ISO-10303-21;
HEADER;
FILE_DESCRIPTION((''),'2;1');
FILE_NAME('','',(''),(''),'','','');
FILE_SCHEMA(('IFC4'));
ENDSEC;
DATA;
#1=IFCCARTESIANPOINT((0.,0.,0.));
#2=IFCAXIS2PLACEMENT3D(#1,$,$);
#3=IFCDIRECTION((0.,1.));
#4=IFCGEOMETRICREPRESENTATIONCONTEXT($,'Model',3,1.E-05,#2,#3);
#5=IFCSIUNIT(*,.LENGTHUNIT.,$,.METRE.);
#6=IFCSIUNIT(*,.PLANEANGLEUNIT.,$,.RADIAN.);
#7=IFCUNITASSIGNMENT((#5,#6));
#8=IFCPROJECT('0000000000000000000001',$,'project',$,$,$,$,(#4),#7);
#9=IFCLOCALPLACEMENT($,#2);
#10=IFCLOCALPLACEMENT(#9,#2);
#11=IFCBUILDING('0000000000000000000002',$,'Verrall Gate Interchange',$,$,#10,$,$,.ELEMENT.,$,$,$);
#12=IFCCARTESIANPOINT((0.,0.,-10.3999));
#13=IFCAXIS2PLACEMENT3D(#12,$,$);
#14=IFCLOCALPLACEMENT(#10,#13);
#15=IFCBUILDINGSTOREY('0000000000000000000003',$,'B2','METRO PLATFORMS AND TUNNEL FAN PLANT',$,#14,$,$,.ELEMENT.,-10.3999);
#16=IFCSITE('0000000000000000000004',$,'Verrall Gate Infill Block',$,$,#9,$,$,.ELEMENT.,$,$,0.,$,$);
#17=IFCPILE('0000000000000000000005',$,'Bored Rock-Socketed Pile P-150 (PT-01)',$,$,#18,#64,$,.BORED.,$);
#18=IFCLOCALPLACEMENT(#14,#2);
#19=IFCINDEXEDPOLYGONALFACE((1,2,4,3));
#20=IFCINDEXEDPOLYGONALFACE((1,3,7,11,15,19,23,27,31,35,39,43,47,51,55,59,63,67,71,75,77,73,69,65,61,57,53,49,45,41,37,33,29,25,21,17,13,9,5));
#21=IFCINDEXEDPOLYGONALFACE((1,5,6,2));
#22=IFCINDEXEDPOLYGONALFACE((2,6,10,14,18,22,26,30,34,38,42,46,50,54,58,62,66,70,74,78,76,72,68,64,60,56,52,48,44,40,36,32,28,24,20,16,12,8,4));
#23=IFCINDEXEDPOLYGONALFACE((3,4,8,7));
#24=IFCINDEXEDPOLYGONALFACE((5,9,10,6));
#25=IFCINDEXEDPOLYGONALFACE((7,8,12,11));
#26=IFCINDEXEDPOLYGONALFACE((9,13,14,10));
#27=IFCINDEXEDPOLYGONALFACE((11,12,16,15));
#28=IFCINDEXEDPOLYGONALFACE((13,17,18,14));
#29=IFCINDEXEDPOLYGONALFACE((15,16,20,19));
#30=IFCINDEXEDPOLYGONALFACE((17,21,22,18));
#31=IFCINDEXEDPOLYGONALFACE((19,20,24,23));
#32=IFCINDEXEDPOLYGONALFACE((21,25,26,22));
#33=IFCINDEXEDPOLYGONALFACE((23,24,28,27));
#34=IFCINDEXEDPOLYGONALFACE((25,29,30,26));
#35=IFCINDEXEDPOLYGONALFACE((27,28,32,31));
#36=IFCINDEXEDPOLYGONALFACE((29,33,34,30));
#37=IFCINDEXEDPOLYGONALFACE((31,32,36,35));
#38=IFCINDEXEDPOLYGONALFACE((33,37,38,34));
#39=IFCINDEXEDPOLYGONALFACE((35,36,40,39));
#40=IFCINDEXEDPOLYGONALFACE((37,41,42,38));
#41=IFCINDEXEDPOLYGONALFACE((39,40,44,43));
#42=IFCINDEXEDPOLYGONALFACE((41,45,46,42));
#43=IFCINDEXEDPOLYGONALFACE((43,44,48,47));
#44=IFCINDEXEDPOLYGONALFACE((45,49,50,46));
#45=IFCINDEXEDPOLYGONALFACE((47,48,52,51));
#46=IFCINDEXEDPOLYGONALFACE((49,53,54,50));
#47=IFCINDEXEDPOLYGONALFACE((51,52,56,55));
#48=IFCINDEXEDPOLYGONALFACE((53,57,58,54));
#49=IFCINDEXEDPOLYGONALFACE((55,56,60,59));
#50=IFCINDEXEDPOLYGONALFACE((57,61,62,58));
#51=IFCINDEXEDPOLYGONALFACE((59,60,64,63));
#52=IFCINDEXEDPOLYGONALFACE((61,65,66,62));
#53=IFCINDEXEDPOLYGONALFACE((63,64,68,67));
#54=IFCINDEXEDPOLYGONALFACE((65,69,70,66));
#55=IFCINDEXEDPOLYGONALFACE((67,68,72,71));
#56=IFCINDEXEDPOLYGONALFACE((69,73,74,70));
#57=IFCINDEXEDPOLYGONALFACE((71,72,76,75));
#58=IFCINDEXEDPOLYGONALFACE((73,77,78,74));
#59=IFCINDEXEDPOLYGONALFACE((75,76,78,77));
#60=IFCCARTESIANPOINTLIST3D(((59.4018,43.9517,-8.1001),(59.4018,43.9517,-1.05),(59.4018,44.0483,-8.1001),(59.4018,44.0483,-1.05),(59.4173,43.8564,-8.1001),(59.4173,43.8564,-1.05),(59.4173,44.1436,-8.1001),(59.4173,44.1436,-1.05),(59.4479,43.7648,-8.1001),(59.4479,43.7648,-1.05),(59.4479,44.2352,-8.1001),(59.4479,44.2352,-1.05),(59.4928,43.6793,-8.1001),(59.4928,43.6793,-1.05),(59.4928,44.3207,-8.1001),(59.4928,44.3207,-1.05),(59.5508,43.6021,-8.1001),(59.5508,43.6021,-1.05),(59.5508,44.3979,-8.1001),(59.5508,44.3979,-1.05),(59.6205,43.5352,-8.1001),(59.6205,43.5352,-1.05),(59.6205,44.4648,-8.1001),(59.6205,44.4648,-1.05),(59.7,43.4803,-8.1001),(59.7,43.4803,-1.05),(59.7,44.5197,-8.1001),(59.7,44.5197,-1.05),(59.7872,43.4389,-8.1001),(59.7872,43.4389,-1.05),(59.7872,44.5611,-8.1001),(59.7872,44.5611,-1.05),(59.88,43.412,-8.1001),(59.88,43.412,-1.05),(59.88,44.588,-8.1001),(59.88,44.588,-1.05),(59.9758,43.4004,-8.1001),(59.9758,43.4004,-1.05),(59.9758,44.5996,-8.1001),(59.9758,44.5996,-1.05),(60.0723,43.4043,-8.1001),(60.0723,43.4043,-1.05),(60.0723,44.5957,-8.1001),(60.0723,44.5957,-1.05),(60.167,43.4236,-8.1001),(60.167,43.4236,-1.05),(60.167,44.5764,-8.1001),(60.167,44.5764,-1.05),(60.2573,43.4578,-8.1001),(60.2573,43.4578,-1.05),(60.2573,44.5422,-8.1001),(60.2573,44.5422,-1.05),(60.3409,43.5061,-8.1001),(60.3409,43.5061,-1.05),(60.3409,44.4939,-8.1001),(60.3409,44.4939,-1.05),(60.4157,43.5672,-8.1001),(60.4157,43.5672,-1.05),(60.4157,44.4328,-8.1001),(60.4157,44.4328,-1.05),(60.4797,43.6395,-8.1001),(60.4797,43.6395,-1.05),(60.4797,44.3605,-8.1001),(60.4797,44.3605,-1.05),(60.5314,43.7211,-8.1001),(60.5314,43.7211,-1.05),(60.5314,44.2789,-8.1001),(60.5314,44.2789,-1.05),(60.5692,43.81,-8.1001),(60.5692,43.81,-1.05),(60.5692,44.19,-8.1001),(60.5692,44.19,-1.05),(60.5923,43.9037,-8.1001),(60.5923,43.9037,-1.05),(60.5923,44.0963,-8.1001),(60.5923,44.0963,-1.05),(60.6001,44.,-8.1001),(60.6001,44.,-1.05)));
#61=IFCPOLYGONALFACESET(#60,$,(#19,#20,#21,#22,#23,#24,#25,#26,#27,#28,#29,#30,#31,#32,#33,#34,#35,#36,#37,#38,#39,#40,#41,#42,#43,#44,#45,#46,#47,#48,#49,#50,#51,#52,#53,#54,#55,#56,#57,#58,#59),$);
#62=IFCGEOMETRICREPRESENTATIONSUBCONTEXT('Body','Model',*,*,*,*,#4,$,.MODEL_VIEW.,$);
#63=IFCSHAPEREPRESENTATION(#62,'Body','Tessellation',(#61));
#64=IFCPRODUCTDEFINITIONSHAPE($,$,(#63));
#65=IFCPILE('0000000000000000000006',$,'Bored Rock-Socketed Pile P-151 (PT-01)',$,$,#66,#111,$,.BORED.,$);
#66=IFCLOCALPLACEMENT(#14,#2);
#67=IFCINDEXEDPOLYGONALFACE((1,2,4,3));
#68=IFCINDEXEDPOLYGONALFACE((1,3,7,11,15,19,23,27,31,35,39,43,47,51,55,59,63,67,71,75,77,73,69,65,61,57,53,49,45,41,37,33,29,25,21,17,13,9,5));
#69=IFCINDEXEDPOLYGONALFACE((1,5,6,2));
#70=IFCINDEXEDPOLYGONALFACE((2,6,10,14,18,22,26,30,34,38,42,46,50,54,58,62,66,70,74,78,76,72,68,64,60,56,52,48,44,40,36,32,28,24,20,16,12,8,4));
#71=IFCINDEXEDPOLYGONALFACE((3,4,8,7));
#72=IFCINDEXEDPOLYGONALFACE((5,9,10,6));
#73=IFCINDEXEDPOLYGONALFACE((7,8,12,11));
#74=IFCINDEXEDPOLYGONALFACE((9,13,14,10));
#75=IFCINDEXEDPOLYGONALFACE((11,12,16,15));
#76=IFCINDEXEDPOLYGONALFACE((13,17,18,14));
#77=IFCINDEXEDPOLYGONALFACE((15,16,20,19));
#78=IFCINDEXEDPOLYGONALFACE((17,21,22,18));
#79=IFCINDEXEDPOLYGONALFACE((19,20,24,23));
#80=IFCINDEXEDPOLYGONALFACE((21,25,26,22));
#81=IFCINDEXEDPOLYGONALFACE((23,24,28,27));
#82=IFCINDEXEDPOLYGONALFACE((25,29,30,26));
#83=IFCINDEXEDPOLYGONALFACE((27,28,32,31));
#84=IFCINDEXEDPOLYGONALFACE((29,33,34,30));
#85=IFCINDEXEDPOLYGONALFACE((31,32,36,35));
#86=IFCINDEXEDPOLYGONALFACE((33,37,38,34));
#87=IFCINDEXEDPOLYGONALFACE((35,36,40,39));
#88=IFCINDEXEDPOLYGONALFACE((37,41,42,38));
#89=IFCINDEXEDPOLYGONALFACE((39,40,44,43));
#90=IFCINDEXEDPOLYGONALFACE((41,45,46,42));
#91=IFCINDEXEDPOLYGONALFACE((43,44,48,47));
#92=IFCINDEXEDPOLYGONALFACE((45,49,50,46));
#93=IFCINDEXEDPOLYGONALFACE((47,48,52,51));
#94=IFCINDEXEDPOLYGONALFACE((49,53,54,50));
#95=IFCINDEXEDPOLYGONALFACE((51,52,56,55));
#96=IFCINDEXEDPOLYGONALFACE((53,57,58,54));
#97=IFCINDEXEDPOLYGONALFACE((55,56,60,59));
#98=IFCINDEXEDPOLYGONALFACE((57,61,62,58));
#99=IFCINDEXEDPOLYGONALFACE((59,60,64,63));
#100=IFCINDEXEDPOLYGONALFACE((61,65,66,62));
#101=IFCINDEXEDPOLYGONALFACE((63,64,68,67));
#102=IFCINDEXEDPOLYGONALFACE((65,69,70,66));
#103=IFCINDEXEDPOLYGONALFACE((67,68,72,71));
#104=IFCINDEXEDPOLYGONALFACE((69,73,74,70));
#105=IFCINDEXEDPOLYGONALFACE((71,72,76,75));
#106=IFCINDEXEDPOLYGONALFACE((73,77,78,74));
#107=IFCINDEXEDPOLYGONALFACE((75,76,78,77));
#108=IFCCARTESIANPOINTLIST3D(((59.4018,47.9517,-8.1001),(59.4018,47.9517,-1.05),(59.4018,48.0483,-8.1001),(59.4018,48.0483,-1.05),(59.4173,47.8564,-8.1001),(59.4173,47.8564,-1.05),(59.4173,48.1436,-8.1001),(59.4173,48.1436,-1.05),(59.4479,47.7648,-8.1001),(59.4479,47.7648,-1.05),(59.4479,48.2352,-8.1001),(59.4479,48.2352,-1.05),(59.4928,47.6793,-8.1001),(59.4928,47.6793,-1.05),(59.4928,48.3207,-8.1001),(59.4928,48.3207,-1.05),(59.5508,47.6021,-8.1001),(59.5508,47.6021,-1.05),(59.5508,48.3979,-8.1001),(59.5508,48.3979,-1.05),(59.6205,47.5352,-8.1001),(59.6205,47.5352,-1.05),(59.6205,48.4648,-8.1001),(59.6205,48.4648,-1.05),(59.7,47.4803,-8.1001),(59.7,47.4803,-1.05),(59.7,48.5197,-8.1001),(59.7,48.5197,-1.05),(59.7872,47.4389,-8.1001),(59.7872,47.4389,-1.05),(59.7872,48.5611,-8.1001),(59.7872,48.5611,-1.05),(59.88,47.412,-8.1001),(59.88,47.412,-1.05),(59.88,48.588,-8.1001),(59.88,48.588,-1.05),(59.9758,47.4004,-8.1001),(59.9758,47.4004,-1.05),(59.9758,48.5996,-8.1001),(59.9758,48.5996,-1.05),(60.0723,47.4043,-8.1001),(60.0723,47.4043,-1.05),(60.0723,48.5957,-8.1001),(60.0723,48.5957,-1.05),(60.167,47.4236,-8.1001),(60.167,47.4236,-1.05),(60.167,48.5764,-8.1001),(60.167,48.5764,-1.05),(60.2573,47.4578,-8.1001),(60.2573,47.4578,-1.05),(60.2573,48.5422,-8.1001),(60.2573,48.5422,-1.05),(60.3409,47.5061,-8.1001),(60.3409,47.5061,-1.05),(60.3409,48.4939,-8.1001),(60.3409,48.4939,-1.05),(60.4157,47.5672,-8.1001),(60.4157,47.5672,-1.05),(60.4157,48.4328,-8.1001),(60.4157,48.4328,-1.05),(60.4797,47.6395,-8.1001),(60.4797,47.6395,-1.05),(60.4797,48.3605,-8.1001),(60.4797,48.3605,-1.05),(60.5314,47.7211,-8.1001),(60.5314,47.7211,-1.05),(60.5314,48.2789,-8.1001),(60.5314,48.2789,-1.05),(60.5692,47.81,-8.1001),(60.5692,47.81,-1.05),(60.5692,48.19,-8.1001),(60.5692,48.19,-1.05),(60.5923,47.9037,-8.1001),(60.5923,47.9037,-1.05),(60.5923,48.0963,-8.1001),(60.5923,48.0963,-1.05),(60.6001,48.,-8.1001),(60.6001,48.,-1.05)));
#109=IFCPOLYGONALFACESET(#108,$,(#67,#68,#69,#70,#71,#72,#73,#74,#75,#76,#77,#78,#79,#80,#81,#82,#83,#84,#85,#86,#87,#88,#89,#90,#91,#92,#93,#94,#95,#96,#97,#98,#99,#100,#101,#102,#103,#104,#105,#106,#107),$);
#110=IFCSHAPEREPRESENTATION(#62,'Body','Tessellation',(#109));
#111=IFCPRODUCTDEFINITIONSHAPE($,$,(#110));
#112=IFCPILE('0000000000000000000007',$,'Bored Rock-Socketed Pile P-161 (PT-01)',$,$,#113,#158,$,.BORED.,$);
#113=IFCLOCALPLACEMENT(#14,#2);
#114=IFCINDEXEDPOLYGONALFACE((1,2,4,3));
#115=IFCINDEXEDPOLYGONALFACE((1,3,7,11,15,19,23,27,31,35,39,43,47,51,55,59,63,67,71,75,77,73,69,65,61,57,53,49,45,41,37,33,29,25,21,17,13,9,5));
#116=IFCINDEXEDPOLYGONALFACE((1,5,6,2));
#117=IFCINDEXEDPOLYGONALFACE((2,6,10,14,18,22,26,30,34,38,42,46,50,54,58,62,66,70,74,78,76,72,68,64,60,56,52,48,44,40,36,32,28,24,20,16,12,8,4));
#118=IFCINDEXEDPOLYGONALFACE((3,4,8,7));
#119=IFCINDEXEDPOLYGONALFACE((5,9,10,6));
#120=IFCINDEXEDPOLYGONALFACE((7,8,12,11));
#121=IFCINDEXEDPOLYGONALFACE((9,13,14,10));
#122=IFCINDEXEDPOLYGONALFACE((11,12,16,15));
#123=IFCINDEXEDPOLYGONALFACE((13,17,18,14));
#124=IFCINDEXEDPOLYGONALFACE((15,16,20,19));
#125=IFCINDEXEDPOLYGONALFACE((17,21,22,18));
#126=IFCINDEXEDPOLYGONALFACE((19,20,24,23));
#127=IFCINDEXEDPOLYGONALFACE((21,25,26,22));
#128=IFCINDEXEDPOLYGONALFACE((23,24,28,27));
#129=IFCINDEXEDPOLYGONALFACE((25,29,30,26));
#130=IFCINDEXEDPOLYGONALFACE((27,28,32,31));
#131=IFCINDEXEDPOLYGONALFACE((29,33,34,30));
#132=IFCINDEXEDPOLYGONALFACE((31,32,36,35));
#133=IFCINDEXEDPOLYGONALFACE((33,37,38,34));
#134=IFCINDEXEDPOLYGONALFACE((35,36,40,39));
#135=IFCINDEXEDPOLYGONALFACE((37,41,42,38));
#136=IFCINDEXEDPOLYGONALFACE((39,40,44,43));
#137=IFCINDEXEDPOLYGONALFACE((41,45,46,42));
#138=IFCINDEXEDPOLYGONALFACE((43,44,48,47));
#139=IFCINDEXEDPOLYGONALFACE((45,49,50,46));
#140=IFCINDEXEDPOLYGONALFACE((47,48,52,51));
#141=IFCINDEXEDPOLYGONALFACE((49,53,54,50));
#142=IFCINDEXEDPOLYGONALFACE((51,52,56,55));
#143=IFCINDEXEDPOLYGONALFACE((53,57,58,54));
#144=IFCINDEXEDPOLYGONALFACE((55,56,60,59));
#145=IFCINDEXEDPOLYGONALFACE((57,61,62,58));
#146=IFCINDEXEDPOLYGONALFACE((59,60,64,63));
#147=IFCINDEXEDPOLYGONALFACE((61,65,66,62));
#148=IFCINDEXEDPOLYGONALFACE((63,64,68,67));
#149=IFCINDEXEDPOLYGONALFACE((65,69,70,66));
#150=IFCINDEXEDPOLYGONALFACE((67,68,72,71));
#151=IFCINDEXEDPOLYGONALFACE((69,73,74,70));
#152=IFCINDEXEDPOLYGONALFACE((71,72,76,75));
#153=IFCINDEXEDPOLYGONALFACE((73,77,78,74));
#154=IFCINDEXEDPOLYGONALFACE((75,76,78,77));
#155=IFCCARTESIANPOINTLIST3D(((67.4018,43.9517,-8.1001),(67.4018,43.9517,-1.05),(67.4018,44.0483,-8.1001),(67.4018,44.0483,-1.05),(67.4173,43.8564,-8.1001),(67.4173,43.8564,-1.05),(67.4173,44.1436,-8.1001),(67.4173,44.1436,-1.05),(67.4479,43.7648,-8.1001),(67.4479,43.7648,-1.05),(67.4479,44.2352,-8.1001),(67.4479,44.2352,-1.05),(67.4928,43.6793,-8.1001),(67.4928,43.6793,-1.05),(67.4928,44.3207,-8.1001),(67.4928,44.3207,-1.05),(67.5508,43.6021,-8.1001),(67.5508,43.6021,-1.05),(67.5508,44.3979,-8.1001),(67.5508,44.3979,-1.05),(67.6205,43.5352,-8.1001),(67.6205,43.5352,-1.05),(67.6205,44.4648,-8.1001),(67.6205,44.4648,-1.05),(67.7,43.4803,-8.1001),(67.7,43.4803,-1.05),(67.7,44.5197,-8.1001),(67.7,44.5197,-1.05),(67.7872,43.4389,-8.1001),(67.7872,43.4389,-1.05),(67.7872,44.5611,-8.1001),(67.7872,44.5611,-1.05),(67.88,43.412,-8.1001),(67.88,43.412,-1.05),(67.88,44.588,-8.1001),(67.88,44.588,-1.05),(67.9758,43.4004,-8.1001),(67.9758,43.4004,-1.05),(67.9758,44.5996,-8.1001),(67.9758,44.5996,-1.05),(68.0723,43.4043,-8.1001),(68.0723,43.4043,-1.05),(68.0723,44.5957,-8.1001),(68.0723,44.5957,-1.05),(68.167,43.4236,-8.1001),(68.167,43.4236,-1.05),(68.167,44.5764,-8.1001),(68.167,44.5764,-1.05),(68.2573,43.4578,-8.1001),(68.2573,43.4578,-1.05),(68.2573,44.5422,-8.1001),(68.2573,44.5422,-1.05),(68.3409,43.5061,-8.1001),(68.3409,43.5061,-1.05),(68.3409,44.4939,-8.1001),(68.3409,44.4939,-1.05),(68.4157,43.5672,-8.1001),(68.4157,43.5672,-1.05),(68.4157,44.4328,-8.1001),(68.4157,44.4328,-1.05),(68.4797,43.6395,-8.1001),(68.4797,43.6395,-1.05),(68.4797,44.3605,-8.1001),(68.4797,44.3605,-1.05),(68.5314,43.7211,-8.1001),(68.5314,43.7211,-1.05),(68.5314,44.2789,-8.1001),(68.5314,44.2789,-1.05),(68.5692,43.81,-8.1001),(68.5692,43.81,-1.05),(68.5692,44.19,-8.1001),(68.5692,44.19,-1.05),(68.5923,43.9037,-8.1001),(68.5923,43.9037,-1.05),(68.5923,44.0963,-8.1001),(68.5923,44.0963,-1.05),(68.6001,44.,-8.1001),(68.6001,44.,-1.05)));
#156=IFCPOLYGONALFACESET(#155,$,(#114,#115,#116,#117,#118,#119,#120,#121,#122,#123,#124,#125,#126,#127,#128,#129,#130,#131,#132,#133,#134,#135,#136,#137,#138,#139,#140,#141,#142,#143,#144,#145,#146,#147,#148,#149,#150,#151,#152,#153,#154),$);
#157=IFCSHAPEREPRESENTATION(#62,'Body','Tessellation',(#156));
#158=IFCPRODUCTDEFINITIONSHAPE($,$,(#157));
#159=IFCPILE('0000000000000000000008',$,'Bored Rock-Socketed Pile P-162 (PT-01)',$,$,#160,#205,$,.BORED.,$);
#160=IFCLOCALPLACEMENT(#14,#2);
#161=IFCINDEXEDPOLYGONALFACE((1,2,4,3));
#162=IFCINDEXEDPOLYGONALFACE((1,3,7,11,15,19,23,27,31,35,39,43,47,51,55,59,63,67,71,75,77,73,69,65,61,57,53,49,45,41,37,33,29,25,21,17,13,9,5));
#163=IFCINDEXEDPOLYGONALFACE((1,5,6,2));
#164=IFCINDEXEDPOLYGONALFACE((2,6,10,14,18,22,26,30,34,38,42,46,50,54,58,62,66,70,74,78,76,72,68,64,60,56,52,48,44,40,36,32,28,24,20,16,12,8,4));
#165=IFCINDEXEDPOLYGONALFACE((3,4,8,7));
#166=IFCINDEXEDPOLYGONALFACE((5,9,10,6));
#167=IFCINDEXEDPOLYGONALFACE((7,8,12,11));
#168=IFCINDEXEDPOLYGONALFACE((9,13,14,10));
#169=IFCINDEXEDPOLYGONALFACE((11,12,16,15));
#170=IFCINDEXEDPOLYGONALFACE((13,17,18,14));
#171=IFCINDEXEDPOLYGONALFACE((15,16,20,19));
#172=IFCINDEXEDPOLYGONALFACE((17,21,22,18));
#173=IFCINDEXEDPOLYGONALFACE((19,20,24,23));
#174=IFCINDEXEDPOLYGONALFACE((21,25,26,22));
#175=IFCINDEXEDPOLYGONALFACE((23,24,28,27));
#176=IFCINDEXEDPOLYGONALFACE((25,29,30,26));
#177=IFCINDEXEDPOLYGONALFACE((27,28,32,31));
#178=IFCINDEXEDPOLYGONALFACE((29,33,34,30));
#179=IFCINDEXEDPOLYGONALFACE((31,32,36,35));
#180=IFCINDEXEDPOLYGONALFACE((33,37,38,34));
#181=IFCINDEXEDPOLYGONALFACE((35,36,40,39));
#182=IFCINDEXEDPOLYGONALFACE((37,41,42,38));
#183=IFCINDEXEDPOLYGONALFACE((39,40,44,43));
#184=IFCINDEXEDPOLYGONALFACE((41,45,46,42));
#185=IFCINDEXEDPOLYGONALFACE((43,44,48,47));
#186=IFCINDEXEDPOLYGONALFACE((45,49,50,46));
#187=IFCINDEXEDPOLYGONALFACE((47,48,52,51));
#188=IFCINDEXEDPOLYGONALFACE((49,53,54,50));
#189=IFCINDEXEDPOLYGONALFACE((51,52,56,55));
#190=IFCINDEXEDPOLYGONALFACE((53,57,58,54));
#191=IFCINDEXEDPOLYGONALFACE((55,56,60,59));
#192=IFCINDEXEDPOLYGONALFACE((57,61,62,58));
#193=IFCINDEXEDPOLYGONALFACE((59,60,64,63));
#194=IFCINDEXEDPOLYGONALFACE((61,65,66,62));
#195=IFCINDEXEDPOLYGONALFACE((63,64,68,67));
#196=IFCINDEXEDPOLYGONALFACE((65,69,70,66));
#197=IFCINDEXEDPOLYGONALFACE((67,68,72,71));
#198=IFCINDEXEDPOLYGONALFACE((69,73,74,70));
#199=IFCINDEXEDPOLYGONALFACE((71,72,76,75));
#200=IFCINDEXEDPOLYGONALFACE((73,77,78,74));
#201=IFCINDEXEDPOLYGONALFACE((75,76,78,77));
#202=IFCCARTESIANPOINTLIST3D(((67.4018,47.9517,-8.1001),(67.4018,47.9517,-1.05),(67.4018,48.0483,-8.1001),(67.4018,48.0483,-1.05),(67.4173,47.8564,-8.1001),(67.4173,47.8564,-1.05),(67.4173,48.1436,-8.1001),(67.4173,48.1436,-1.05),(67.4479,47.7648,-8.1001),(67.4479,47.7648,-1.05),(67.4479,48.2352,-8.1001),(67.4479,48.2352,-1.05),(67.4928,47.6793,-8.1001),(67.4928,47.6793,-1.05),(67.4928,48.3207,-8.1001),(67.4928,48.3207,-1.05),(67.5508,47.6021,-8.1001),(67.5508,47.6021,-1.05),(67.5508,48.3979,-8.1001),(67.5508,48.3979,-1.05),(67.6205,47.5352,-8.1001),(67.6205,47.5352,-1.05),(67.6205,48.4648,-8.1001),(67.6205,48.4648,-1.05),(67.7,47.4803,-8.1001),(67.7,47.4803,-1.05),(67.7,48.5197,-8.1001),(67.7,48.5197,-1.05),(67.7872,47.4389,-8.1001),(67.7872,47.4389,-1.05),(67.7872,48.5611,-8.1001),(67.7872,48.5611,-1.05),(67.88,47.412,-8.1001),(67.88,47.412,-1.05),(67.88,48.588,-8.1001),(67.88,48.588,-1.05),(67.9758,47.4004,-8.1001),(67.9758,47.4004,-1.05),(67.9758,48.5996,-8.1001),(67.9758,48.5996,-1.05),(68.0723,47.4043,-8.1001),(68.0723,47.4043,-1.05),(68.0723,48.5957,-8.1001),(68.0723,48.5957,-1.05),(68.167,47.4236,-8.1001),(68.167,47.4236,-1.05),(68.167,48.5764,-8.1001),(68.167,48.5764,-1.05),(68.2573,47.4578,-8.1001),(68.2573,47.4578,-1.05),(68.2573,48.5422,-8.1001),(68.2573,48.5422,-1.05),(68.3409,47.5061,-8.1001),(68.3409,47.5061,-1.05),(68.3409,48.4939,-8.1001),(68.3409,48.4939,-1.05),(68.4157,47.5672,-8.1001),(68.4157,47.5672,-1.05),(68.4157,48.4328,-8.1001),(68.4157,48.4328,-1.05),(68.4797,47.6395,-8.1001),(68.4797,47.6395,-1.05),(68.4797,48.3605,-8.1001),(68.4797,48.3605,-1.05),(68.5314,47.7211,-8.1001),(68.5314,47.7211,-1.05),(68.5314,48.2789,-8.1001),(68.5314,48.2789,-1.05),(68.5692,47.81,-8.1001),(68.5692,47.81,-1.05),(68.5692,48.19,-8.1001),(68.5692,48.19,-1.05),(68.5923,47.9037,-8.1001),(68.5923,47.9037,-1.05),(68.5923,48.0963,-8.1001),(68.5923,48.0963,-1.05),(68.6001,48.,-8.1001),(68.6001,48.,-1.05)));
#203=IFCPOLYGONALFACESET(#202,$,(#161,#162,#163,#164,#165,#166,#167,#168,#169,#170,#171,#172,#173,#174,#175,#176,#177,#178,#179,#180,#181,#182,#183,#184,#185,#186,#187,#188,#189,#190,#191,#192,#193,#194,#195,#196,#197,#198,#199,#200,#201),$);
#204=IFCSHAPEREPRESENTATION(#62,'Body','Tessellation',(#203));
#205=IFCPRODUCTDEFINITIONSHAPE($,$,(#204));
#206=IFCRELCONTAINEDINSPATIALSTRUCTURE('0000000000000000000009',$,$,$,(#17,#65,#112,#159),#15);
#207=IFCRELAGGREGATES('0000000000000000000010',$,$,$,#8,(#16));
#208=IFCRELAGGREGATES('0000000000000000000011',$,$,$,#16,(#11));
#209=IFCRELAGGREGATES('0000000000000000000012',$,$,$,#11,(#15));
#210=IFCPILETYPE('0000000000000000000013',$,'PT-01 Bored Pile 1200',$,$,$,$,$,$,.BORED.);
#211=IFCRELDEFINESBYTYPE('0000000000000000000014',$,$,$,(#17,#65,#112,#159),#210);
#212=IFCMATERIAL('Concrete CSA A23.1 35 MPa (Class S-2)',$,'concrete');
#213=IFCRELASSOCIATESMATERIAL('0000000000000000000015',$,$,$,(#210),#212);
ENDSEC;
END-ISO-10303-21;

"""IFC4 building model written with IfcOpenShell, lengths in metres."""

from ifc_helpers import new_model, si_unit, direction, frame, origin, origin_2d, place, context, subcontext, project, spatial, circle, extrude, material, material_profile, profile_set, type_object, element, save


model = new_model("IFC4")

# Units and contexts
model_context = context("Model", 3, precision=1e-05, world=origin(), true_north=direction((0.0, 1.0)))
body_context = subcontext(model_context, "Body", "Model", "MODEL_VIEW")
ifc_project = project(units=[si_unit("LENGTHUNIT", "METRE"), si_unit("PLANEANGLEUNIT", "RADIAN")], contexts=[model_context])

# Site, building, storey
site_placement = place(None, origin())
site = spatial("IfcSite", under=ifc_project, at=site_placement, Name="Verrall Gate Infill Block", CompositionType="ELEMENT", RefElevation=0.0)
building_placement = place(site_placement, origin())
building = spatial("IfcBuilding", under=site, at=building_placement, Name="Verrall Gate Interchange", CompositionType="ELEMENT")
storey_placement = place(building_placement, frame((0.0, 0.0, -10.3999)))
storey = spatial("IfcBuildingStorey", under=building, at=storey_placement, Name="B2", Description="METRO PLATFORMS AND TUNNEL FAN PLANT", CompositionType="ELEMENT", Elevation=-10.3999)

# Piles
ifc_material_1 = material(Name="Concrete CSA A23.1 35 MPa (Class S-2)", Category="concrete")
ifc_material_profile_1 = material_profile(ifc_material_1, circle(Radius=0.6001, at=origin_2d()), Name="PILE1200D")
ifc_profile_set_1 = profile_set([ifc_material_profile_1], Name="Concrete CSA A23.1 35 MPa (Class S-2)")
pile_type_1 = type_object("IfcPileType", Name="PT-01 Bored Pile 1200", PredefinedType="BORED", material=ifc_profile_set_1)
for number, where, z_axis, x_axis, name in (
    (1, (60.0, 44.0, -1.05), (0.0, 0.0, -1.0), (1.0, 0.0, 0.0), "Bored Rock-Socketed Pile P-150 (PT-01)"),
    (2, (60.0, 48.0, -1.05), (0.0, 0.0, -1.0), (1.0, 0.0, 0.0), "Bored Rock-Socketed Pile P-151 (PT-01)"),
    (3, (68.0, 44.0, -1.05), (0.0, 0.0, -1.0), (1.0, 0.0, 0.0), "Bored Rock-Socketed Pile P-161 (PT-01)"),
    (4, (68.0, 48.0, -1.05), (0.0, 0.0, -1.0), (1.0, 0.0, 0.0), "Bored Rock-Socketed Pile P-162 (PT-01)"),
):
    element("IfcPile", number, at=place(storey_placement, frame(where, z_axis=z_axis, x_axis=x_axis)), inside=storey, type_object=pile_type_1, Name=name, PredefinedType="BORED", context=body_context, shape_type="SweptSolid", body=[
        extrude(circle(Radius=0.6001, at=origin_2d()), origin(), (0.0, 0.0, 1.0), 7.05),
    ])

save(model, "model.ifc")
